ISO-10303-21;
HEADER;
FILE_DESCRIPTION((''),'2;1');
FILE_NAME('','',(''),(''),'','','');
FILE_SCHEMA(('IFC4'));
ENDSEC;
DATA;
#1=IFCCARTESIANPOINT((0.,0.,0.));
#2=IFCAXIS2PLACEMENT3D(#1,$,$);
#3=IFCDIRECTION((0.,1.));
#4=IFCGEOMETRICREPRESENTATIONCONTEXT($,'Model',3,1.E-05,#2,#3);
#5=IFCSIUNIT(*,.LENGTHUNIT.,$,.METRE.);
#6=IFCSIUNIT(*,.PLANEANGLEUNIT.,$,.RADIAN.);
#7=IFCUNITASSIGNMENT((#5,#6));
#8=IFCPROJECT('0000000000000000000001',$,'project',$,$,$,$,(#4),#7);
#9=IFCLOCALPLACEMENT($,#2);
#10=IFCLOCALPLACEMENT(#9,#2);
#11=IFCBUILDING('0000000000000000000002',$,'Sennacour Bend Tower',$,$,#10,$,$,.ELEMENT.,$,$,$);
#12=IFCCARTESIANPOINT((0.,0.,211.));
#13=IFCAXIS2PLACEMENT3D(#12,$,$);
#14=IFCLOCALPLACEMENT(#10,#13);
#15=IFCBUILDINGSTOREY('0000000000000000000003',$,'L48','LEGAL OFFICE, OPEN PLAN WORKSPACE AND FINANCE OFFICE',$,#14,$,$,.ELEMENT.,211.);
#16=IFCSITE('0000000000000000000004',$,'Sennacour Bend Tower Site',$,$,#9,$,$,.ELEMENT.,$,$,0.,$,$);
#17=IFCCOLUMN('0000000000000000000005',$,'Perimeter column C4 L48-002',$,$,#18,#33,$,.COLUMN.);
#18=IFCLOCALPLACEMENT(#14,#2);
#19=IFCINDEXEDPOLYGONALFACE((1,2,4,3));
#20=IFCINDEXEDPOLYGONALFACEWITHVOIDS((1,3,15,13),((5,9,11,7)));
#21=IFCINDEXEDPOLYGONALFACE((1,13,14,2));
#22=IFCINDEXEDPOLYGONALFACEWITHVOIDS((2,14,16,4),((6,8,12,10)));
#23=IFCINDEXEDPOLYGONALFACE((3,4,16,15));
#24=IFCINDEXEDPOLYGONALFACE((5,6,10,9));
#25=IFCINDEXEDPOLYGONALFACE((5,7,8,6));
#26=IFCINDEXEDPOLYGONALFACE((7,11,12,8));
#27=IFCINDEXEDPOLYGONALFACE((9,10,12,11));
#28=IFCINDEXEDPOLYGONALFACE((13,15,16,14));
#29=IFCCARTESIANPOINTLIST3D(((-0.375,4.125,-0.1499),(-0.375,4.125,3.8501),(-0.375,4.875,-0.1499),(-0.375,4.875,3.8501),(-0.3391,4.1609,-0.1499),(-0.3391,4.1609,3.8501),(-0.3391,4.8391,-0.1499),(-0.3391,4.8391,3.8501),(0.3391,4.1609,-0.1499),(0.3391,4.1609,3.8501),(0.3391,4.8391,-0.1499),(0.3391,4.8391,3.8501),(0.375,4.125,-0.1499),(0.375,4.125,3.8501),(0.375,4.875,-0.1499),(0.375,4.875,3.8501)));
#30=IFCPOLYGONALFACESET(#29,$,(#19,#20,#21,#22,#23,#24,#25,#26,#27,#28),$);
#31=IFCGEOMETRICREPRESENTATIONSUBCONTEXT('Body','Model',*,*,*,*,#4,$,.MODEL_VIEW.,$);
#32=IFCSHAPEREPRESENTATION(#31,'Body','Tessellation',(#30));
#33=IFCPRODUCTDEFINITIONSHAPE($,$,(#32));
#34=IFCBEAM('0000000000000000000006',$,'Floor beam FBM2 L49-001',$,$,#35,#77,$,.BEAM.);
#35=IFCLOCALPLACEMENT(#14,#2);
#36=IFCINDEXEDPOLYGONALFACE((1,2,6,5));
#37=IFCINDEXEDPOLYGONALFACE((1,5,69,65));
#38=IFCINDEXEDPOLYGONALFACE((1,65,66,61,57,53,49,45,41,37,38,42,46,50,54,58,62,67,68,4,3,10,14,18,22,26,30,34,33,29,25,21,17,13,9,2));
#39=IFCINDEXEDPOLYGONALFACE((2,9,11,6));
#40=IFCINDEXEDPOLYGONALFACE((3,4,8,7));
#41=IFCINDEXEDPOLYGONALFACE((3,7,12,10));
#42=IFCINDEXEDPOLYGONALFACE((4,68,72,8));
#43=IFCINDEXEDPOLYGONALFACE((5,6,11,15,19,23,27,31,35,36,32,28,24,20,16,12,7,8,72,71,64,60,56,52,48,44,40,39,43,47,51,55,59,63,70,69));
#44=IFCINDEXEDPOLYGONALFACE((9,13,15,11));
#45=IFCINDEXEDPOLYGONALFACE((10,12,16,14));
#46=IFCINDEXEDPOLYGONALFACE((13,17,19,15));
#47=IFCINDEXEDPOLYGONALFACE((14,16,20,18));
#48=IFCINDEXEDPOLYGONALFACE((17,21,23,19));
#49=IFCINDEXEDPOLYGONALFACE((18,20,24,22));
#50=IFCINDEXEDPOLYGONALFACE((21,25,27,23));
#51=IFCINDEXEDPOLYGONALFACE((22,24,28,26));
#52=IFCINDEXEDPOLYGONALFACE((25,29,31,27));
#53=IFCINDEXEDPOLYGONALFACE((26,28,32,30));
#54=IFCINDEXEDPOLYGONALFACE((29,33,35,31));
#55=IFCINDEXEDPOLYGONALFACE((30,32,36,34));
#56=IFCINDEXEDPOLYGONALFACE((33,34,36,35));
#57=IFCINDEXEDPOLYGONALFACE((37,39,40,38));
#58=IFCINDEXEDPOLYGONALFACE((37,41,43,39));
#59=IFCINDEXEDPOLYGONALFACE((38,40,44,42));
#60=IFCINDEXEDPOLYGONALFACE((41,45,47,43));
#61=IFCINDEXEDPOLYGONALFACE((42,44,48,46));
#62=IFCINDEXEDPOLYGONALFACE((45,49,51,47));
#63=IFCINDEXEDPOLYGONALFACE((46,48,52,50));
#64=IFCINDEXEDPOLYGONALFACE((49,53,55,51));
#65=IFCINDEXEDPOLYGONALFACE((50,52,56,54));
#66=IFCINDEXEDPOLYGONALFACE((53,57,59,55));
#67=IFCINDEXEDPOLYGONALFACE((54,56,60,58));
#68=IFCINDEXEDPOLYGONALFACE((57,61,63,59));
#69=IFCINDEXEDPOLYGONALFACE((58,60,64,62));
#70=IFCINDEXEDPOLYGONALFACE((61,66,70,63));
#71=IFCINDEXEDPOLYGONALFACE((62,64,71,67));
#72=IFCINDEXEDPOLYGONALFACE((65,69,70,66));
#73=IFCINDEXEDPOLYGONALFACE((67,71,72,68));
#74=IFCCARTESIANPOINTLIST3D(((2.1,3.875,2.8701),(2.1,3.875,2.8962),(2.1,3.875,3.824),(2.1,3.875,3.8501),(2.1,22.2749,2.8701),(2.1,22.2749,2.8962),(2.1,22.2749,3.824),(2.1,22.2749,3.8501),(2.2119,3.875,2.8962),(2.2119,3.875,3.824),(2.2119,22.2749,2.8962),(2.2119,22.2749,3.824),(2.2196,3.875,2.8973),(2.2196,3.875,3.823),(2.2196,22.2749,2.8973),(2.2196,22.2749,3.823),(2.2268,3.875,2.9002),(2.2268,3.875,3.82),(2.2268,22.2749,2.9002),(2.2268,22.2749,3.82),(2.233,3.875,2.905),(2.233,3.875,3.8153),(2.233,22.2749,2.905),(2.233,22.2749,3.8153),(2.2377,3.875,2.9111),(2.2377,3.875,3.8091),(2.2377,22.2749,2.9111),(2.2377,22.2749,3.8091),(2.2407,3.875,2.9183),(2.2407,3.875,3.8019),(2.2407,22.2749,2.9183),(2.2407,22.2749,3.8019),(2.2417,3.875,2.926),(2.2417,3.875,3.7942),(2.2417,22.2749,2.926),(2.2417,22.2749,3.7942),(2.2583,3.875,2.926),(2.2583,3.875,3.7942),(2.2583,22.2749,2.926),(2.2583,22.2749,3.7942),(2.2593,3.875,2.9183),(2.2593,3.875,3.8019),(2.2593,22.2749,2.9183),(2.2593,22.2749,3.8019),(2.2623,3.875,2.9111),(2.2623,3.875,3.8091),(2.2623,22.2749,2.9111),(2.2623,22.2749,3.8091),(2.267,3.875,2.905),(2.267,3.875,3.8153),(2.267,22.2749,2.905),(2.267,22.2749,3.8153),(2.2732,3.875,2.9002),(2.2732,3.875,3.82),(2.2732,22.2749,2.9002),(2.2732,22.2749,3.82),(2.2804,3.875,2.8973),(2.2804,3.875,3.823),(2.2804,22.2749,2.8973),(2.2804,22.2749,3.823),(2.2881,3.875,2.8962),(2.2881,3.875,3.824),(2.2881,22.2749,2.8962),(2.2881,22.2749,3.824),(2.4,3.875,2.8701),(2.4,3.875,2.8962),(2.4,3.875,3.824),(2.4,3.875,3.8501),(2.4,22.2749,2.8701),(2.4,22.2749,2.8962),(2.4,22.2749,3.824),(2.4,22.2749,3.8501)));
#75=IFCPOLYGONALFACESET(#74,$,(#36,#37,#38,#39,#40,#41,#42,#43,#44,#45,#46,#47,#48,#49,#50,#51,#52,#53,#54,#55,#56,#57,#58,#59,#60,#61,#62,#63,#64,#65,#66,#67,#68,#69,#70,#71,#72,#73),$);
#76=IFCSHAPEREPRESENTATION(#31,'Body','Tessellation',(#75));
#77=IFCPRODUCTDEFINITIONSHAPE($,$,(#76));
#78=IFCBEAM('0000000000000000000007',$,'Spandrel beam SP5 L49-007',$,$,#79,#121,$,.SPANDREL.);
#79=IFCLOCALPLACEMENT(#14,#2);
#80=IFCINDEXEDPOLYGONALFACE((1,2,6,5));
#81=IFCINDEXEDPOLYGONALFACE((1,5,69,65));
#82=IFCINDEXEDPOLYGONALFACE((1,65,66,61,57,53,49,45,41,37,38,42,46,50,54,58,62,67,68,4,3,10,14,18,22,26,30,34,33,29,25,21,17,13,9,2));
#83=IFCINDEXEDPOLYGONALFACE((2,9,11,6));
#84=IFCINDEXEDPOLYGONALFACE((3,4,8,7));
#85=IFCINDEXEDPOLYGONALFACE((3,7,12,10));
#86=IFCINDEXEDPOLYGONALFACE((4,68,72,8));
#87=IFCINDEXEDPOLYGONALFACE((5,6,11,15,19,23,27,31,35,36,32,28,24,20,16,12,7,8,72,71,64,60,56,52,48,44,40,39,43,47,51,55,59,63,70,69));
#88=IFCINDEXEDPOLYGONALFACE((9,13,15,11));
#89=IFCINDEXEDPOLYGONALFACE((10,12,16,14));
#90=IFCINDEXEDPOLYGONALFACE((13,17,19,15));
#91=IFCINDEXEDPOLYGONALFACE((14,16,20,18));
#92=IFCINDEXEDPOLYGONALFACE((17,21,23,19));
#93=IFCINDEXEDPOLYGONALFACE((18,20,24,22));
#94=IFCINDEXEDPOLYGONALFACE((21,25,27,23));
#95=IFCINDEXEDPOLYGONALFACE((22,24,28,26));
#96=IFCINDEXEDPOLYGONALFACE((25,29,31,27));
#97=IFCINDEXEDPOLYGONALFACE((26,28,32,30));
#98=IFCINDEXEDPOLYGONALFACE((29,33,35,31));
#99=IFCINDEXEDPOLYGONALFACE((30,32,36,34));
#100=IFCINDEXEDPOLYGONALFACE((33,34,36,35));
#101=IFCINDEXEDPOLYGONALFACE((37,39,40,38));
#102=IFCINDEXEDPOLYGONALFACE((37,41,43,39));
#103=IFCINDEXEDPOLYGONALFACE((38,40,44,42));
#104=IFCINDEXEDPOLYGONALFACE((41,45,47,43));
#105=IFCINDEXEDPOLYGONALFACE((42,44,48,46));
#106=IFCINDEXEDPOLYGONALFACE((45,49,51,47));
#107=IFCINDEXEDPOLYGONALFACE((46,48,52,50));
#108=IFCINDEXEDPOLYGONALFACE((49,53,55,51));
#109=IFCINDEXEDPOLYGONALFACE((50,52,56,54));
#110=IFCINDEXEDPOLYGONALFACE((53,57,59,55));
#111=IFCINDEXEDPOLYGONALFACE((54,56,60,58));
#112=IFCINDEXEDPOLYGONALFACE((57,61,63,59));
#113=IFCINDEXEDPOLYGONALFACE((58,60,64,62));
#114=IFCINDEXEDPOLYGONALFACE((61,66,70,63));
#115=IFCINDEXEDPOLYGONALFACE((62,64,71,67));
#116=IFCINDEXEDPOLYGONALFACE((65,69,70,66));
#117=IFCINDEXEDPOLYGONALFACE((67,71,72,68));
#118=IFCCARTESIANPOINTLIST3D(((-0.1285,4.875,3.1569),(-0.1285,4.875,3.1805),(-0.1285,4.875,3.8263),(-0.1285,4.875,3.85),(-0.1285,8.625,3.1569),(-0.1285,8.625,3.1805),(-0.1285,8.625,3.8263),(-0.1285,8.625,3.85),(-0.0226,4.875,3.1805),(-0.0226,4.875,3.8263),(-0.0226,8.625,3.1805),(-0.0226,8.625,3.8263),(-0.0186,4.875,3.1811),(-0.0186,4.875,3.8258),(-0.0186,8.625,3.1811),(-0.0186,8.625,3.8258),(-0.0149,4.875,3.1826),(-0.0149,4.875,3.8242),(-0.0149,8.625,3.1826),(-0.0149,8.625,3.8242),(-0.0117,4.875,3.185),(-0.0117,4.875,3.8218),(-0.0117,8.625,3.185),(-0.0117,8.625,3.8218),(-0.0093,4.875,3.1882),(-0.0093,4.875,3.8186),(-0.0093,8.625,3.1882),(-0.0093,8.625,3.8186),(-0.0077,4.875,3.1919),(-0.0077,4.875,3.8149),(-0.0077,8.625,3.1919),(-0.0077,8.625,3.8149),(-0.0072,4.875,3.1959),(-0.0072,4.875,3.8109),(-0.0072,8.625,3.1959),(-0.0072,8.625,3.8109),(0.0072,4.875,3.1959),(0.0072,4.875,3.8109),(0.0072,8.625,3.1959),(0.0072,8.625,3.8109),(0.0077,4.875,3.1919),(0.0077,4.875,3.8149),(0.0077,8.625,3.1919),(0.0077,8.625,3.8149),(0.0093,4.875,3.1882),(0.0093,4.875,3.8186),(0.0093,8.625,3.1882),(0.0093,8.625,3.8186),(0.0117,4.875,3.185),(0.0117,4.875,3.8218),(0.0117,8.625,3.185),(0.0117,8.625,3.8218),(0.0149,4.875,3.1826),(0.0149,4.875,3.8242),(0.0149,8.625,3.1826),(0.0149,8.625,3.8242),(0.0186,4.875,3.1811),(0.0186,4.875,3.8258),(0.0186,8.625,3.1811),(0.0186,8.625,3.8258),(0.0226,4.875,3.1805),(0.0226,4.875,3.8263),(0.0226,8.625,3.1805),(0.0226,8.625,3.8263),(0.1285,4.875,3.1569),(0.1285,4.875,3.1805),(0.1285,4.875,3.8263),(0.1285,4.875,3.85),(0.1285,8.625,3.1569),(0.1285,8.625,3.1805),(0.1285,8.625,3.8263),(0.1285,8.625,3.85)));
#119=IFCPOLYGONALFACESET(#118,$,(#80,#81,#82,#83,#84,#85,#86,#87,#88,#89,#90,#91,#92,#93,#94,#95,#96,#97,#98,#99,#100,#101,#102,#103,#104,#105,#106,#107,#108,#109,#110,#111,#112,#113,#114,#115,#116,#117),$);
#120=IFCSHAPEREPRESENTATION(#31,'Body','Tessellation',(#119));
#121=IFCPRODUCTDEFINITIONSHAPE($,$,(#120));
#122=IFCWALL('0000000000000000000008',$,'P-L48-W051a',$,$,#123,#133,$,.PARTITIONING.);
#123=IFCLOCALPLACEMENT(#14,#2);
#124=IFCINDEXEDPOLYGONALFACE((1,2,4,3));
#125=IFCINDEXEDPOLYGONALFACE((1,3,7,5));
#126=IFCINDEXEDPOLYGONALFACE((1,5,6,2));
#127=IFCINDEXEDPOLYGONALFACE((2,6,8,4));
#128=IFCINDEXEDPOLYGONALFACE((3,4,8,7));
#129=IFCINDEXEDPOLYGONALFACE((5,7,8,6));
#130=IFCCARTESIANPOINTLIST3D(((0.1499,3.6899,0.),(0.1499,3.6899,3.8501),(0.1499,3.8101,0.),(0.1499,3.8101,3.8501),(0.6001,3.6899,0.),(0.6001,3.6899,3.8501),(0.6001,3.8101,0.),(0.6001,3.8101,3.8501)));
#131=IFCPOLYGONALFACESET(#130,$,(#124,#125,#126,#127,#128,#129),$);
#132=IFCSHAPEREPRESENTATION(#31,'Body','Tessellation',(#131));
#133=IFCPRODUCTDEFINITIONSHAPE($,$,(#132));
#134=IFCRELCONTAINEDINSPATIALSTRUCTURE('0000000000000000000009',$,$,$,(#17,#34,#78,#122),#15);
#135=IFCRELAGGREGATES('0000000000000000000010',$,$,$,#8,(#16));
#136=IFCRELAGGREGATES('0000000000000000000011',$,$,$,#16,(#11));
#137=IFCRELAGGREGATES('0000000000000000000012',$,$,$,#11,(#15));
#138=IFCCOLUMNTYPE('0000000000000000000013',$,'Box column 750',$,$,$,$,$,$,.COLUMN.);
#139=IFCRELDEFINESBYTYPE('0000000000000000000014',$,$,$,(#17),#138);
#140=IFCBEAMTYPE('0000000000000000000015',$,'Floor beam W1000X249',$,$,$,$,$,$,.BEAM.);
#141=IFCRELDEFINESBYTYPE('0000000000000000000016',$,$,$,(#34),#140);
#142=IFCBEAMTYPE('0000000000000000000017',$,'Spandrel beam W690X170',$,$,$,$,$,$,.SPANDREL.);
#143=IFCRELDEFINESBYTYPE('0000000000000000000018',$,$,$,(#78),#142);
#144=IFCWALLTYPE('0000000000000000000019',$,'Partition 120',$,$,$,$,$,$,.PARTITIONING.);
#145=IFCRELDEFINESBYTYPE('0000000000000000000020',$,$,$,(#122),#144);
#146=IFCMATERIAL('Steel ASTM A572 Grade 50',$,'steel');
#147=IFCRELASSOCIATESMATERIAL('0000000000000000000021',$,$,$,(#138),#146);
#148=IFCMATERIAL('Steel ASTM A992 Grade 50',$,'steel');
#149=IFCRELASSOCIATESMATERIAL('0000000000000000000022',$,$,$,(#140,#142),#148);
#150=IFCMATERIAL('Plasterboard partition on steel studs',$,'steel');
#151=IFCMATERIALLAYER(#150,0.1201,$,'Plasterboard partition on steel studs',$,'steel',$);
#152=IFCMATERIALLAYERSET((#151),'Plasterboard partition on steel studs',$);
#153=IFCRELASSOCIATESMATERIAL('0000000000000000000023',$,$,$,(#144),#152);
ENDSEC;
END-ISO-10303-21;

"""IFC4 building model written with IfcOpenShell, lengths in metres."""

from ifc_helpers import new_model, si_unit, direction, frame, frame_2d, origin, origin_2d, place, context, subcontext, project, spatial, rectangle, hollow_rectangle, i_section, extrude, material, layer, layer_set, material_profile, profile_set, type_object, element, save


model = new_model("IFC4")

# Units and contexts
model_context = context("Model", 3, precision=1e-05, world=origin(), true_north=direction((0.0, 1.0)))
body_context = subcontext(model_context, "Body", "Model", "MODEL_VIEW")
ifc_project = project(units=[si_unit("LENGTHUNIT", "METRE"), si_unit("PLANEANGLEUNIT", "RADIAN")], contexts=[model_context])

# Site, building, storey
site_placement = place(None, origin())
site = spatial("IfcSite", under=ifc_project, at=site_placement, Name="Sennacour Bend Tower Site", CompositionType="ELEMENT", RefElevation=0.0)
building_placement = place(site_placement, origin())
building = spatial("IfcBuilding", under=site, at=building_placement, Name="Sennacour Bend Tower", CompositionType="ELEMENT")
storey_placement = place(building_placement, frame((0.0, 0.0, 211.0)))
storey = spatial("IfcBuildingStorey", under=building, at=storey_placement, Name="L48", Description="LEGAL OFFICE, OPEN PLAN WORKSPACE AND FINANCE OFFICE", CompositionType="ELEMENT", Elevation=211.0)

# Column
ifc_material_1 = material(Name="Steel ASTM A572 Grade 50", Category="steel")
ifc_material_profile_1 = material_profile(ifc_material_1, hollow_rectangle(XDim=0.75, YDim=0.75, WallThickness=0.0359, at=origin_2d()), Name="Steel ASTM A572 Grade 50", Category="steel")
ifc_profile_set_1 = profile_set([ifc_material_profile_1], Name="Steel ASTM A572 Grade 50")
column_type = type_object("IfcColumnType", Name="Box column 750", PredefinedType="COLUMN", material=ifc_profile_set_1)
column_placement = place(storey_placement, frame((0.0, 4.5, -0.1499), z_axis=(0.0, 0.0, 1.0), x_axis=(1.0, 0.0, 0.0)))
element("IfcColumn", 1, at=column_placement, inside=storey, type_object=column_type, Name="Perimeter column C4 L48-002", PredefinedType="COLUMN", context=body_context, shape_type="SweptSolid", body=[
    extrude(hollow_rectangle(XDim=0.75, YDim=0.75, WallThickness=0.0359, at=origin_2d()), origin(), (0.0, 0.0, 1.0), 4.0),
])

# Beams
ifc_material_2 = material(Name="Steel ASTM A992 Grade 50", Category="steel")
ifc_material_profile_2 = material_profile(ifc_material_2, i_section(OverallWidth=0.3, OverallDepth=0.98, WebThickness=0.0166, FlangeThickness=0.0261, FilletRadius=0.0298, at=origin_2d()), Name="Steel ASTM A992 Grade 50", Category="steel")
ifc_profile_set_2 = profile_set([ifc_material_profile_2], Name="Steel ASTM A992 Grade 50")
beam_type_1 = type_object("IfcBeamType", Name="Floor beam W1000X249", PredefinedType="BEAM", material=ifc_profile_set_2)
beam_1_placement = place(storey_placement, frame((2.25, 3.875, 3.3601), z_axis=(0.0, 1.0, 0.0), x_axis=(-1.0, 0.0, 0.0)))
element("IfcBeam", 2, at=beam_1_placement, inside=storey, type_object=beam_type_1, Name="Floor beam FBM2 L49-001", PredefinedType="BEAM", context=body_context, shape_type="SweptSolid", body=[
    extrude(i_section(OverallWidth=0.3, OverallDepth=0.98, WebThickness=0.0166, FlangeThickness=0.0261, FilletRadius=0.0298, at=origin_2d()), origin(), (0.0, 0.0, 1.0), 18.3999),
])
ifc_material_profile_3 = material_profile(ifc_material_2, i_section(OverallWidth=0.2571, OverallDepth=0.6931, WebThickness=0.0144, FlangeThickness=0.0237, FilletRadius=0.0154, at=origin_2d()), Name="Steel ASTM A992 Grade 50", Category="steel")
ifc_profile_set_3 = profile_set([ifc_material_profile_3], Name="Steel ASTM A992 Grade 50")
beam_type_2 = type_object("IfcBeamType", Name="Spandrel beam W690X170", PredefinedType="SPANDREL", material=ifc_profile_set_3)
beam_2_placement = place(storey_placement, frame((0.0, 4.875, 3.5034), z_axis=(0.0, 1.0, 0.0), x_axis=(-1.0, 0.0, 0.0)))
element("IfcBeam", 3, at=beam_2_placement, inside=storey, type_object=beam_type_2, Name="Spandrel beam SP5 L49-007", PredefinedType="SPANDREL", context=body_context, shape_type="SweptSolid", body=[
    extrude(i_section(OverallWidth=0.2571, OverallDepth=0.6931, WebThickness=0.0144, FlangeThickness=0.0237, FilletRadius=0.0154, at=origin_2d()), origin(), (0.0, 0.0, 1.0), 3.75),
])

# Wall
ifc_material_3 = material(Name="Plasterboard partition on steel studs", Category="steel")
ifc_layer_1 = layer(ifc_material_3, 0.1201, Name="Plasterboard partition on steel studs", Category="steel")
ifc_layer_set_1 = layer_set([ifc_layer_1], Name="Plasterboard partition on steel studs")
wall_type_1 = type_object("IfcWallType", Name="Partition 120", PredefinedType="PARTITIONING", material=ifc_layer_set_1)
wall_1_placement = place(storey_placement, frame((0.1499, 3.75, 0.0), z_axis=(0.0, 0.0, 1.0), x_axis=(1.0, 0.0, 0.0)))
element("IfcWall", 4, at=wall_1_placement, inside=storey, type_object=wall_type_1, Name="P-L48-W051a", PredefinedType="PARTITIONING", context=body_context, shape_type="SweptSolid", body=[
    extrude(rectangle(XDim=0.4502, YDim=0.1201, at=frame_2d((0.2251, 0.0))), origin(), (0.0, 0.0, 1.0), 3.8501),
])

save(model, "model.ifc")
